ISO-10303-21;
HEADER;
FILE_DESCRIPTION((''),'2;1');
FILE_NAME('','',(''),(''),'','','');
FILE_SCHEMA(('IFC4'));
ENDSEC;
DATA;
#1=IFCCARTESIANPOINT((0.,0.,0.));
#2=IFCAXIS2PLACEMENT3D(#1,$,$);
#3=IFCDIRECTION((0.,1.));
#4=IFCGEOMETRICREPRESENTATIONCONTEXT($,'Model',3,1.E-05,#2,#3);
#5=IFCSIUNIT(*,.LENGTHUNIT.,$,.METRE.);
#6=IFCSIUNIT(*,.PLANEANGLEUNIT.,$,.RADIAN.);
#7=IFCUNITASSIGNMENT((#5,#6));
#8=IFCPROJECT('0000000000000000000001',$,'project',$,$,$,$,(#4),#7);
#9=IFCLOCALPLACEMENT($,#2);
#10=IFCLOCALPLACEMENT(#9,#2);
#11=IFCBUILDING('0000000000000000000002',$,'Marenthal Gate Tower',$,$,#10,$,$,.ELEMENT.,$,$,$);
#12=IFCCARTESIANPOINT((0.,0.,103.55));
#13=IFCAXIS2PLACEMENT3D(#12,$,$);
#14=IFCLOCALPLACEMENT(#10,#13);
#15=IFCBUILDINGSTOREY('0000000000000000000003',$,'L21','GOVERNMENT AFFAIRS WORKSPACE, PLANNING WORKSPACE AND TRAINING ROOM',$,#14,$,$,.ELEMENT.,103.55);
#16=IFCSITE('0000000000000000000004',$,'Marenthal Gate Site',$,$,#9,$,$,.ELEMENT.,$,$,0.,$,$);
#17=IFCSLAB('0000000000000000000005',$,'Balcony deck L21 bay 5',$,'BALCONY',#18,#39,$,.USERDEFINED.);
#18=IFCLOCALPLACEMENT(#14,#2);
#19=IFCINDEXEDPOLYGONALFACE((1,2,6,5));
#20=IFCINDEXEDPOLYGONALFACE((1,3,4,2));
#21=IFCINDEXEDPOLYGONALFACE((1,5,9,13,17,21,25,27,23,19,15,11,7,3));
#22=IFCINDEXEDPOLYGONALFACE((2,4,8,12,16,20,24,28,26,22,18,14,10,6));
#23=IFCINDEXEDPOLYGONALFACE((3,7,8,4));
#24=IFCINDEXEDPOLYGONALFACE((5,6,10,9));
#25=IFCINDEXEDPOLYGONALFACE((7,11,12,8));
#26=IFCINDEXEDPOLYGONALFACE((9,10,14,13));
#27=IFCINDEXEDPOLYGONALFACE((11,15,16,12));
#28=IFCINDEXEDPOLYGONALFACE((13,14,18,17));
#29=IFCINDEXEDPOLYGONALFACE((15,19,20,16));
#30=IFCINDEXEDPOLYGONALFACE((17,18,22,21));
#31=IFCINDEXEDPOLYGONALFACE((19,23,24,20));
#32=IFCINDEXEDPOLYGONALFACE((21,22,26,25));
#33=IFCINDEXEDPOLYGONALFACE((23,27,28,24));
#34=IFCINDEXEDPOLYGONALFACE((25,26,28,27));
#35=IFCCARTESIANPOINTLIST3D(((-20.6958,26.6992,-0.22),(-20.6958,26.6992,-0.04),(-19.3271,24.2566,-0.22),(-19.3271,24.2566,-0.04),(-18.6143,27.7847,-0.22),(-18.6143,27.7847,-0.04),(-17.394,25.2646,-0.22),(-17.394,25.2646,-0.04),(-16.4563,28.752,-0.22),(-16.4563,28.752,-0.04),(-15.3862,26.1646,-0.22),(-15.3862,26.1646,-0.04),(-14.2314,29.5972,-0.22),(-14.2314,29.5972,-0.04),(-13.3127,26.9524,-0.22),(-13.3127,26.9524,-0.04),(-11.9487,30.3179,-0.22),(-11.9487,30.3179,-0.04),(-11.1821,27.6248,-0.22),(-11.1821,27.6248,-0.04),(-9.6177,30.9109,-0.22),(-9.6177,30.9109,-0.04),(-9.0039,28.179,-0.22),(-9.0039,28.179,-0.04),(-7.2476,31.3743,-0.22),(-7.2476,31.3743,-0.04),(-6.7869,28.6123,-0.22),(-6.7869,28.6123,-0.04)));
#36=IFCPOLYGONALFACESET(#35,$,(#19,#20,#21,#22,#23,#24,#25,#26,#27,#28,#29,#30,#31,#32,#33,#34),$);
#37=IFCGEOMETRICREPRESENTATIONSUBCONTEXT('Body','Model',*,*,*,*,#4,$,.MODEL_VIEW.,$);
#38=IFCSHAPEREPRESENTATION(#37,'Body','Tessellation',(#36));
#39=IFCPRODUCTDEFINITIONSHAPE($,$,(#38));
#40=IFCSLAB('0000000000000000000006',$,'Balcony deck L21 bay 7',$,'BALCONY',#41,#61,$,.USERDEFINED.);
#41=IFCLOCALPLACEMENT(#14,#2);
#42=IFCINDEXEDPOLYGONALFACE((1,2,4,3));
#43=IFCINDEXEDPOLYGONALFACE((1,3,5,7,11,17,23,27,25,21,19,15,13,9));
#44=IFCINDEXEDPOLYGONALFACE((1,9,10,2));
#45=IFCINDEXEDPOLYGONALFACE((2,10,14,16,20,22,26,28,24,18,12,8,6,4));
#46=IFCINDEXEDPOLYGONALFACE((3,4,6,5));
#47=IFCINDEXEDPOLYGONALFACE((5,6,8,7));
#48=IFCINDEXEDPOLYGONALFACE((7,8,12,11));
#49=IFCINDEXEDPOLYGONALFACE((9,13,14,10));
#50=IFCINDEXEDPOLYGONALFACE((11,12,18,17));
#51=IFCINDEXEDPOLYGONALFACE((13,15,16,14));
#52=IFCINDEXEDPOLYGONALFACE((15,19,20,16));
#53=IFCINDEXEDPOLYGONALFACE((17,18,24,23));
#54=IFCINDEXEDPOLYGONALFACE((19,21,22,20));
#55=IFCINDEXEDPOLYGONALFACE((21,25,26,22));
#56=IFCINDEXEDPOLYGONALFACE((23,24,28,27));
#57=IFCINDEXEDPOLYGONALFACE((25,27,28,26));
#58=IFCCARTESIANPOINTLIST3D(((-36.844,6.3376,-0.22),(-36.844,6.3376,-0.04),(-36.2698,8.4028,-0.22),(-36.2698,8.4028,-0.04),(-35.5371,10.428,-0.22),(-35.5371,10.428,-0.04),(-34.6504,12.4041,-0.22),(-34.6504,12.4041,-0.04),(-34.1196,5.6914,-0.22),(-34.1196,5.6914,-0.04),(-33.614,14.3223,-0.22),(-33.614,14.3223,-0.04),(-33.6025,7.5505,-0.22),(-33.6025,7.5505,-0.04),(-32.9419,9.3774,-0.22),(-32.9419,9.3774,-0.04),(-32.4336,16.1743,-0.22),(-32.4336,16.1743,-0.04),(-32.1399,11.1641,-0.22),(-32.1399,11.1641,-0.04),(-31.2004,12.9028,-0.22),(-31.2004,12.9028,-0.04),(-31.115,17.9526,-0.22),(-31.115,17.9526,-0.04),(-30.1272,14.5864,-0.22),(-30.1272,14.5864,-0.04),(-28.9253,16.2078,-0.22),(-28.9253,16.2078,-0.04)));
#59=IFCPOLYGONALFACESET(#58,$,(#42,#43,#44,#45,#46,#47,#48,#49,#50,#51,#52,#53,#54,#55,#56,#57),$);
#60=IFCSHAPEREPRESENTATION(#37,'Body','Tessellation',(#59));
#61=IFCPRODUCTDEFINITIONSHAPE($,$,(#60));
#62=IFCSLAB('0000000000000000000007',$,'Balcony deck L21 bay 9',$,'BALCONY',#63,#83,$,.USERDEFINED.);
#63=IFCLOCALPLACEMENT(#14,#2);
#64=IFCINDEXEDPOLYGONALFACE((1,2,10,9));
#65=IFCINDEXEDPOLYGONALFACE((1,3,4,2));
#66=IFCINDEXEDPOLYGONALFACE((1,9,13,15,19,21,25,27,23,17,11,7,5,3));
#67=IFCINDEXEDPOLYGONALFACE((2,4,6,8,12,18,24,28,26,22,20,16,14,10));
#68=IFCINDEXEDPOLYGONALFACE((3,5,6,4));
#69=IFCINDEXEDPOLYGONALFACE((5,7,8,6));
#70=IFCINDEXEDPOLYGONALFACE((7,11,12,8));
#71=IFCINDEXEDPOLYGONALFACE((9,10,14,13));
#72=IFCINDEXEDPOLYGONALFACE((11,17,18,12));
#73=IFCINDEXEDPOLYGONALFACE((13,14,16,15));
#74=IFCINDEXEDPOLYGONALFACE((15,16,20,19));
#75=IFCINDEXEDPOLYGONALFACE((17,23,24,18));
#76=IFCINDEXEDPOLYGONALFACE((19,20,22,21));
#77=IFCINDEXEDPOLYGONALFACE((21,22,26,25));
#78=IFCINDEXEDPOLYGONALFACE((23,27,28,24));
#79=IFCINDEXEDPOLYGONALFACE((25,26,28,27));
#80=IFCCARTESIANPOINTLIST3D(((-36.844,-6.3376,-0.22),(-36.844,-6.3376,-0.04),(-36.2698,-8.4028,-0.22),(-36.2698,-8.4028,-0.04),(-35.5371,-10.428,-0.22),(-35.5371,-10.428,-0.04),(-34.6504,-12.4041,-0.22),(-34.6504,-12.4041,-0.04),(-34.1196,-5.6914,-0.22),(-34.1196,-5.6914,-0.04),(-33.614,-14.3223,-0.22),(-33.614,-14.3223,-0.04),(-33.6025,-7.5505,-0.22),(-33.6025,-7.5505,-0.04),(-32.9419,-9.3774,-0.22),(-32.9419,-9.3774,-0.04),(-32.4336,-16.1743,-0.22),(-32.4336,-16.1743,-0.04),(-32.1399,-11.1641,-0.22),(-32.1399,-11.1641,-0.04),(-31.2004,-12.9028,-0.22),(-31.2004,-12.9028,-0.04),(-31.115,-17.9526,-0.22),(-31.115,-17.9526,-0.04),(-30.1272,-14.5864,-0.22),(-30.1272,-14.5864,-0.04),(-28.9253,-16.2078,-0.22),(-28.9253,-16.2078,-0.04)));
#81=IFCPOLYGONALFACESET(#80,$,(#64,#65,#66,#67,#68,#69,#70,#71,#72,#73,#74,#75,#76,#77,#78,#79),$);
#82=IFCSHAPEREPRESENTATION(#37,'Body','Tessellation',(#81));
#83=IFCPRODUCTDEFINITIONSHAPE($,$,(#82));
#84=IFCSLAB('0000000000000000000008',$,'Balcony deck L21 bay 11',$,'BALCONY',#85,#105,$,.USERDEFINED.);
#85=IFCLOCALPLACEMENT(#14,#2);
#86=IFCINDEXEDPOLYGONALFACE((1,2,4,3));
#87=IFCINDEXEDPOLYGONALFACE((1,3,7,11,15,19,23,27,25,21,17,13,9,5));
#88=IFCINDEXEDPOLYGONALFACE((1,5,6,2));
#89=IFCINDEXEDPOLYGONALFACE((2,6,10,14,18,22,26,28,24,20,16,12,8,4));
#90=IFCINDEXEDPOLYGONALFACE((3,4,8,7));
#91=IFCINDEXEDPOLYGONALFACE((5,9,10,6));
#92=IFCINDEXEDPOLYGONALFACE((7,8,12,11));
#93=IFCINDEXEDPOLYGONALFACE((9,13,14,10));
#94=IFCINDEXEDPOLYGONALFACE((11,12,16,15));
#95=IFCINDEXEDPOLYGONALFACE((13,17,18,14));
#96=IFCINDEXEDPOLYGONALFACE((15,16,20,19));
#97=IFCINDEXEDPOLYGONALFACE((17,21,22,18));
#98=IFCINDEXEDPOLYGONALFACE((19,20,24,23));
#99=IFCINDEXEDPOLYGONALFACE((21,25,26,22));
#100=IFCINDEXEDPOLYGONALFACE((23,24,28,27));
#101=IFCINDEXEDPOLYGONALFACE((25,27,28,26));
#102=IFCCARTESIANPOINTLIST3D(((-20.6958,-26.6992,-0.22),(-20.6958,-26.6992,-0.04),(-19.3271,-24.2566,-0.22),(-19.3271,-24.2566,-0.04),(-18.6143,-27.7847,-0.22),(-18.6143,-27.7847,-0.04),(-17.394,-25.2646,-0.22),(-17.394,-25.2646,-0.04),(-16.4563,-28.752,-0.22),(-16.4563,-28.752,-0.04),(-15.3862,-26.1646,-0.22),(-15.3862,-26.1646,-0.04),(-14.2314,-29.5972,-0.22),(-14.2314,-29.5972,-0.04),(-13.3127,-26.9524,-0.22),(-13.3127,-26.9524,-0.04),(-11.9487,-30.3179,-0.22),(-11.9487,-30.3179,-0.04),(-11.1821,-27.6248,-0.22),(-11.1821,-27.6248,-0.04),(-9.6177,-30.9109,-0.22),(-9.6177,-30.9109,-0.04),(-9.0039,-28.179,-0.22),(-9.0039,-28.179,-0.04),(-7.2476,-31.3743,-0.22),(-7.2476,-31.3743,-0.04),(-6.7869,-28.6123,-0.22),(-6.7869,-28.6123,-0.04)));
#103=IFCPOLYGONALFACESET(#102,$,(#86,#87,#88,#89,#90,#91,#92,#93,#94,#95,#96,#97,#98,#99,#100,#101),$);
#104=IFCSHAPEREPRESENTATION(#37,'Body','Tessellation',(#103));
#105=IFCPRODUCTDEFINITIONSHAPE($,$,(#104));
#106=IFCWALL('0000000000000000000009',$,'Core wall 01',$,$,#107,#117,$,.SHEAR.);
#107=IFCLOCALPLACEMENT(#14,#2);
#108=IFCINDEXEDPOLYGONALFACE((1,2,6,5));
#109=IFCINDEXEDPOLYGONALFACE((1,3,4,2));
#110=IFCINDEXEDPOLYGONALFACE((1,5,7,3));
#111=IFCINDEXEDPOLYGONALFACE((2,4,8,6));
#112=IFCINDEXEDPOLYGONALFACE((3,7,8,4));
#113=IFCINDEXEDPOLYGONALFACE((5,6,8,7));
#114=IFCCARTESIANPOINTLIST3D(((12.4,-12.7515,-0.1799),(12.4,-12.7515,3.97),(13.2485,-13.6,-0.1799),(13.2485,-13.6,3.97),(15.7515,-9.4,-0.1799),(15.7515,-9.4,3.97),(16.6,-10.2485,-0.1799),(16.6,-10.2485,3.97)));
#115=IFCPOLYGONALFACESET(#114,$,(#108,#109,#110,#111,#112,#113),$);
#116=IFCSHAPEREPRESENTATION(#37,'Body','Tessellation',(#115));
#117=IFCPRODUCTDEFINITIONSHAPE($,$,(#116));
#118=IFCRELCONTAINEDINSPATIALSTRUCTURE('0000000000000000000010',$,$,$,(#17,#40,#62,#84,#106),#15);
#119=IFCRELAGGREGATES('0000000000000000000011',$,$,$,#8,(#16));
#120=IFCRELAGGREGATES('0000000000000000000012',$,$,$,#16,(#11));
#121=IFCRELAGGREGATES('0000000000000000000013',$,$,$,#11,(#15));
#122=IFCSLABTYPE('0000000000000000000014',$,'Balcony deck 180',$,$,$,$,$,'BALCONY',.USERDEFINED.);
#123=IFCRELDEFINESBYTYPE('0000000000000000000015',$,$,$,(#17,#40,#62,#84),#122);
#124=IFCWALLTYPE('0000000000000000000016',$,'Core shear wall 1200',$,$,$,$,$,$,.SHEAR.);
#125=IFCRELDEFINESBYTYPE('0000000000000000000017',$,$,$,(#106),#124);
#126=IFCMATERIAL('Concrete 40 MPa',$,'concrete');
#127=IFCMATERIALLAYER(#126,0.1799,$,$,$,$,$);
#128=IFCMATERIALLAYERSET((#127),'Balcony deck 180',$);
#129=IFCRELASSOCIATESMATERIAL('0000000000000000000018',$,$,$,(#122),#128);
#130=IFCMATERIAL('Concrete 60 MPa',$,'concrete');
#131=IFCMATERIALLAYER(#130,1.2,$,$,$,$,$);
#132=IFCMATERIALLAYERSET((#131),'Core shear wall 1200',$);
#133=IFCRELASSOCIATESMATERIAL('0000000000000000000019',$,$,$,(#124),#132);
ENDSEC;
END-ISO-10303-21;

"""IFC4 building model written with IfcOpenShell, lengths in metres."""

from ifc_helpers import new_model, si_unit, direction, frame, frame_2d, origin, place, context, subcontext, project, spatial, polyline, rectangle, outline, extrude, material, layer, layer_set, type_object, element, save


model = new_model("IFC4")

# Units and contexts
model_context = context("Model", 3, precision=1e-05, world=origin(), true_north=direction((0.0, 1.0)))
body_context = subcontext(model_context, "Body", "Model", "MODEL_VIEW")
ifc_project = project(units=[si_unit("LENGTHUNIT", "METRE"), si_unit("PLANEANGLEUNIT", "RADIAN")], contexts=[model_context])

# Site, building, storey
site_placement = place(None, origin())
site = spatial("IfcSite", under=ifc_project, at=site_placement, Name="Marenthal Gate Site", CompositionType="ELEMENT", RefElevation=0.0)
building_placement = place(site_placement, origin())
building = spatial("IfcBuilding", under=site, at=building_placement, Name="Marenthal Gate Tower", CompositionType="ELEMENT")
storey_placement = place(building_placement, frame((0.0, 0.0, 103.55)))
storey = spatial("IfcBuildingStorey", under=building, at=storey_placement, Name="L21", Description="GOVERNMENT AFFAIRS WORKSPACE, PLANNING WORKSPACE AND TRAINING ROOM", CompositionType="ELEMENT", Elevation=103.55)

# Slabs
ifc_material_1 = material(Name="Concrete 40 MPa", Category="concrete")
ifc_layer_1 = layer(ifc_material_1, 0.1799)
ifc_layer_set_1 = layer_set([ifc_layer_1], Name="Balcony deck 180")
slab_type = type_object("IfcSlabType", Name="Balcony deck 180", ElementType="BALCONY", PredefinedType="USERDEFINED", material=ifc_layer_set_1)
slab_1_placement = place(storey_placement, frame((0.0, 0.0, -0.22)))
element("IfcSlab", 1, at=slab_1_placement, inside=storey, type_object=slab_type, Name="Balcony deck L21 bay 5", ObjectType="BALCONY", PredefinedType="USERDEFINED", context=body_context, shape_type="SweptSolid", body=[
    extrude(outline(polyline([(-6.7869, 28.6123), (-9.0039, 28.179), (-11.1821, 27.6248), (-13.3127, 26.9524), (-15.3862, 26.1646), (-17.394, 25.2646), (-19.3271, 24.2566), (-20.6958, 26.6992), (-18.6143, 27.7847), (-16.4563, 28.752), (-14.2314, 29.5972), (-11.9487, 30.3179), (-9.6177, 30.9109), (-7.2476, 31.3743), (-6.7869, 28.6123)])), origin(), (0.0, 0.0, 1.0), 0.1799),
])
slab_2_placement = place(storey_placement, frame((0.0, 0.0, -0.22)))
element("IfcSlab", 2, at=slab_2_placement, inside=storey, type_object=slab_type, Name="Balcony deck L21 bay 7", ObjectType="BALCONY", PredefinedType="USERDEFINED", context=body_context, shape_type="SweptSolid", body=[
    extrude(outline(polyline([(-28.9253, 16.2078), (-30.1272, 14.5864), (-31.2004, 12.9028), (-32.1399, 11.1641), (-32.9419, 9.3774), (-33.6025, 7.5505), (-34.1196, 5.6914), (-36.844, 6.3376), (-36.2698, 8.4028), (-35.5371, 10.428), (-34.6504, 12.4041), (-33.614, 14.3223), (-32.4336, 16.1743), (-31.115, 17.9526), (-28.9253, 16.2078)])), origin(), (0.0, 0.0, 1.0), 0.1799),
])
slab_3_placement = place(storey_placement, frame((0.0, 0.0, -0.22)))
element("IfcSlab", 3, at=slab_3_placement, inside=storey, type_object=slab_type, Name="Balcony deck L21 bay 9", ObjectType="BALCONY", PredefinedType="USERDEFINED", context=body_context, shape_type="SweptSolid", body=[
    extrude(outline(polyline([(-34.1196, -5.6914), (-33.6025, -7.5505), (-32.9419, -9.3774), (-32.1399, -11.1641), (-31.2004, -12.9028), (-30.1272, -14.5864), (-28.9253, -16.2078), (-31.115, -17.9526), (-32.4336, -16.1743), (-33.614, -14.3223), (-34.6504, -12.4041), (-35.5371, -10.428), (-36.2698, -8.4028), (-36.844, -6.3376), (-34.1196, -5.6914)])), origin(), (0.0, 0.0, 1.0), 0.1799),
])
slab_4_placement = place(storey_placement, frame((0.0, 0.0, -0.22)))
element("IfcSlab", 4, at=slab_4_placement, inside=storey, type_object=slab_type, Name="Balcony deck L21 bay 11", ObjectType="BALCONY", PredefinedType="USERDEFINED", context=body_context, shape_type="SweptSolid", body=[
    extrude(outline(polyline([(-19.3271, -24.2566), (-17.394, -25.2646), (-15.3862, -26.1646), (-13.3127, -26.9524), (-11.1821, -27.6248), (-9.0039, -28.179), (-6.7869, -28.6123), (-7.2476, -31.3743), (-9.6177, -30.9109), (-11.9487, -30.3179), (-14.2314, -29.5972), (-16.4563, -28.752), (-18.6143, -27.7847), (-20.6958, -26.6992), (-19.3271, -24.2566)])), origin(), (0.0, 0.0, 1.0), 0.1799),
])

# Wall
ifc_material_2 = material(Name="Concrete 60 MPa", Category="concrete")
ifc_layer_2 = layer(ifc_material_2, 1.2)
ifc_layer_set_2 = layer_set([ifc_layer_2], Name="Core shear wall 1200")
wall_type_1 = type_object("IfcWallType", Name="Core shear wall 1200", PredefinedType="SHEAR", material=ifc_layer_set_2)
wall_1_placement = place(storey_placement, frame((12.8242, -13.1758, -0.1799), z_axis=(0.0, 0.0, 1.0), x_axis=(0.707107, 0.707107, 0.0)))
element("IfcWall", 5, at=wall_1_placement, inside=storey, type_object=wall_type_1, Name="Core wall 01", PredefinedType="SHEAR", context=body_context, shape_type="SweptSolid", body=[
    extrude(rectangle(XDim=4.7397, YDim=1.2, at=frame_2d((2.3699, 0.0))), origin(), (0.0, 0.0, 1.0), 4.1499),
])

save(model, "model.ifc")
